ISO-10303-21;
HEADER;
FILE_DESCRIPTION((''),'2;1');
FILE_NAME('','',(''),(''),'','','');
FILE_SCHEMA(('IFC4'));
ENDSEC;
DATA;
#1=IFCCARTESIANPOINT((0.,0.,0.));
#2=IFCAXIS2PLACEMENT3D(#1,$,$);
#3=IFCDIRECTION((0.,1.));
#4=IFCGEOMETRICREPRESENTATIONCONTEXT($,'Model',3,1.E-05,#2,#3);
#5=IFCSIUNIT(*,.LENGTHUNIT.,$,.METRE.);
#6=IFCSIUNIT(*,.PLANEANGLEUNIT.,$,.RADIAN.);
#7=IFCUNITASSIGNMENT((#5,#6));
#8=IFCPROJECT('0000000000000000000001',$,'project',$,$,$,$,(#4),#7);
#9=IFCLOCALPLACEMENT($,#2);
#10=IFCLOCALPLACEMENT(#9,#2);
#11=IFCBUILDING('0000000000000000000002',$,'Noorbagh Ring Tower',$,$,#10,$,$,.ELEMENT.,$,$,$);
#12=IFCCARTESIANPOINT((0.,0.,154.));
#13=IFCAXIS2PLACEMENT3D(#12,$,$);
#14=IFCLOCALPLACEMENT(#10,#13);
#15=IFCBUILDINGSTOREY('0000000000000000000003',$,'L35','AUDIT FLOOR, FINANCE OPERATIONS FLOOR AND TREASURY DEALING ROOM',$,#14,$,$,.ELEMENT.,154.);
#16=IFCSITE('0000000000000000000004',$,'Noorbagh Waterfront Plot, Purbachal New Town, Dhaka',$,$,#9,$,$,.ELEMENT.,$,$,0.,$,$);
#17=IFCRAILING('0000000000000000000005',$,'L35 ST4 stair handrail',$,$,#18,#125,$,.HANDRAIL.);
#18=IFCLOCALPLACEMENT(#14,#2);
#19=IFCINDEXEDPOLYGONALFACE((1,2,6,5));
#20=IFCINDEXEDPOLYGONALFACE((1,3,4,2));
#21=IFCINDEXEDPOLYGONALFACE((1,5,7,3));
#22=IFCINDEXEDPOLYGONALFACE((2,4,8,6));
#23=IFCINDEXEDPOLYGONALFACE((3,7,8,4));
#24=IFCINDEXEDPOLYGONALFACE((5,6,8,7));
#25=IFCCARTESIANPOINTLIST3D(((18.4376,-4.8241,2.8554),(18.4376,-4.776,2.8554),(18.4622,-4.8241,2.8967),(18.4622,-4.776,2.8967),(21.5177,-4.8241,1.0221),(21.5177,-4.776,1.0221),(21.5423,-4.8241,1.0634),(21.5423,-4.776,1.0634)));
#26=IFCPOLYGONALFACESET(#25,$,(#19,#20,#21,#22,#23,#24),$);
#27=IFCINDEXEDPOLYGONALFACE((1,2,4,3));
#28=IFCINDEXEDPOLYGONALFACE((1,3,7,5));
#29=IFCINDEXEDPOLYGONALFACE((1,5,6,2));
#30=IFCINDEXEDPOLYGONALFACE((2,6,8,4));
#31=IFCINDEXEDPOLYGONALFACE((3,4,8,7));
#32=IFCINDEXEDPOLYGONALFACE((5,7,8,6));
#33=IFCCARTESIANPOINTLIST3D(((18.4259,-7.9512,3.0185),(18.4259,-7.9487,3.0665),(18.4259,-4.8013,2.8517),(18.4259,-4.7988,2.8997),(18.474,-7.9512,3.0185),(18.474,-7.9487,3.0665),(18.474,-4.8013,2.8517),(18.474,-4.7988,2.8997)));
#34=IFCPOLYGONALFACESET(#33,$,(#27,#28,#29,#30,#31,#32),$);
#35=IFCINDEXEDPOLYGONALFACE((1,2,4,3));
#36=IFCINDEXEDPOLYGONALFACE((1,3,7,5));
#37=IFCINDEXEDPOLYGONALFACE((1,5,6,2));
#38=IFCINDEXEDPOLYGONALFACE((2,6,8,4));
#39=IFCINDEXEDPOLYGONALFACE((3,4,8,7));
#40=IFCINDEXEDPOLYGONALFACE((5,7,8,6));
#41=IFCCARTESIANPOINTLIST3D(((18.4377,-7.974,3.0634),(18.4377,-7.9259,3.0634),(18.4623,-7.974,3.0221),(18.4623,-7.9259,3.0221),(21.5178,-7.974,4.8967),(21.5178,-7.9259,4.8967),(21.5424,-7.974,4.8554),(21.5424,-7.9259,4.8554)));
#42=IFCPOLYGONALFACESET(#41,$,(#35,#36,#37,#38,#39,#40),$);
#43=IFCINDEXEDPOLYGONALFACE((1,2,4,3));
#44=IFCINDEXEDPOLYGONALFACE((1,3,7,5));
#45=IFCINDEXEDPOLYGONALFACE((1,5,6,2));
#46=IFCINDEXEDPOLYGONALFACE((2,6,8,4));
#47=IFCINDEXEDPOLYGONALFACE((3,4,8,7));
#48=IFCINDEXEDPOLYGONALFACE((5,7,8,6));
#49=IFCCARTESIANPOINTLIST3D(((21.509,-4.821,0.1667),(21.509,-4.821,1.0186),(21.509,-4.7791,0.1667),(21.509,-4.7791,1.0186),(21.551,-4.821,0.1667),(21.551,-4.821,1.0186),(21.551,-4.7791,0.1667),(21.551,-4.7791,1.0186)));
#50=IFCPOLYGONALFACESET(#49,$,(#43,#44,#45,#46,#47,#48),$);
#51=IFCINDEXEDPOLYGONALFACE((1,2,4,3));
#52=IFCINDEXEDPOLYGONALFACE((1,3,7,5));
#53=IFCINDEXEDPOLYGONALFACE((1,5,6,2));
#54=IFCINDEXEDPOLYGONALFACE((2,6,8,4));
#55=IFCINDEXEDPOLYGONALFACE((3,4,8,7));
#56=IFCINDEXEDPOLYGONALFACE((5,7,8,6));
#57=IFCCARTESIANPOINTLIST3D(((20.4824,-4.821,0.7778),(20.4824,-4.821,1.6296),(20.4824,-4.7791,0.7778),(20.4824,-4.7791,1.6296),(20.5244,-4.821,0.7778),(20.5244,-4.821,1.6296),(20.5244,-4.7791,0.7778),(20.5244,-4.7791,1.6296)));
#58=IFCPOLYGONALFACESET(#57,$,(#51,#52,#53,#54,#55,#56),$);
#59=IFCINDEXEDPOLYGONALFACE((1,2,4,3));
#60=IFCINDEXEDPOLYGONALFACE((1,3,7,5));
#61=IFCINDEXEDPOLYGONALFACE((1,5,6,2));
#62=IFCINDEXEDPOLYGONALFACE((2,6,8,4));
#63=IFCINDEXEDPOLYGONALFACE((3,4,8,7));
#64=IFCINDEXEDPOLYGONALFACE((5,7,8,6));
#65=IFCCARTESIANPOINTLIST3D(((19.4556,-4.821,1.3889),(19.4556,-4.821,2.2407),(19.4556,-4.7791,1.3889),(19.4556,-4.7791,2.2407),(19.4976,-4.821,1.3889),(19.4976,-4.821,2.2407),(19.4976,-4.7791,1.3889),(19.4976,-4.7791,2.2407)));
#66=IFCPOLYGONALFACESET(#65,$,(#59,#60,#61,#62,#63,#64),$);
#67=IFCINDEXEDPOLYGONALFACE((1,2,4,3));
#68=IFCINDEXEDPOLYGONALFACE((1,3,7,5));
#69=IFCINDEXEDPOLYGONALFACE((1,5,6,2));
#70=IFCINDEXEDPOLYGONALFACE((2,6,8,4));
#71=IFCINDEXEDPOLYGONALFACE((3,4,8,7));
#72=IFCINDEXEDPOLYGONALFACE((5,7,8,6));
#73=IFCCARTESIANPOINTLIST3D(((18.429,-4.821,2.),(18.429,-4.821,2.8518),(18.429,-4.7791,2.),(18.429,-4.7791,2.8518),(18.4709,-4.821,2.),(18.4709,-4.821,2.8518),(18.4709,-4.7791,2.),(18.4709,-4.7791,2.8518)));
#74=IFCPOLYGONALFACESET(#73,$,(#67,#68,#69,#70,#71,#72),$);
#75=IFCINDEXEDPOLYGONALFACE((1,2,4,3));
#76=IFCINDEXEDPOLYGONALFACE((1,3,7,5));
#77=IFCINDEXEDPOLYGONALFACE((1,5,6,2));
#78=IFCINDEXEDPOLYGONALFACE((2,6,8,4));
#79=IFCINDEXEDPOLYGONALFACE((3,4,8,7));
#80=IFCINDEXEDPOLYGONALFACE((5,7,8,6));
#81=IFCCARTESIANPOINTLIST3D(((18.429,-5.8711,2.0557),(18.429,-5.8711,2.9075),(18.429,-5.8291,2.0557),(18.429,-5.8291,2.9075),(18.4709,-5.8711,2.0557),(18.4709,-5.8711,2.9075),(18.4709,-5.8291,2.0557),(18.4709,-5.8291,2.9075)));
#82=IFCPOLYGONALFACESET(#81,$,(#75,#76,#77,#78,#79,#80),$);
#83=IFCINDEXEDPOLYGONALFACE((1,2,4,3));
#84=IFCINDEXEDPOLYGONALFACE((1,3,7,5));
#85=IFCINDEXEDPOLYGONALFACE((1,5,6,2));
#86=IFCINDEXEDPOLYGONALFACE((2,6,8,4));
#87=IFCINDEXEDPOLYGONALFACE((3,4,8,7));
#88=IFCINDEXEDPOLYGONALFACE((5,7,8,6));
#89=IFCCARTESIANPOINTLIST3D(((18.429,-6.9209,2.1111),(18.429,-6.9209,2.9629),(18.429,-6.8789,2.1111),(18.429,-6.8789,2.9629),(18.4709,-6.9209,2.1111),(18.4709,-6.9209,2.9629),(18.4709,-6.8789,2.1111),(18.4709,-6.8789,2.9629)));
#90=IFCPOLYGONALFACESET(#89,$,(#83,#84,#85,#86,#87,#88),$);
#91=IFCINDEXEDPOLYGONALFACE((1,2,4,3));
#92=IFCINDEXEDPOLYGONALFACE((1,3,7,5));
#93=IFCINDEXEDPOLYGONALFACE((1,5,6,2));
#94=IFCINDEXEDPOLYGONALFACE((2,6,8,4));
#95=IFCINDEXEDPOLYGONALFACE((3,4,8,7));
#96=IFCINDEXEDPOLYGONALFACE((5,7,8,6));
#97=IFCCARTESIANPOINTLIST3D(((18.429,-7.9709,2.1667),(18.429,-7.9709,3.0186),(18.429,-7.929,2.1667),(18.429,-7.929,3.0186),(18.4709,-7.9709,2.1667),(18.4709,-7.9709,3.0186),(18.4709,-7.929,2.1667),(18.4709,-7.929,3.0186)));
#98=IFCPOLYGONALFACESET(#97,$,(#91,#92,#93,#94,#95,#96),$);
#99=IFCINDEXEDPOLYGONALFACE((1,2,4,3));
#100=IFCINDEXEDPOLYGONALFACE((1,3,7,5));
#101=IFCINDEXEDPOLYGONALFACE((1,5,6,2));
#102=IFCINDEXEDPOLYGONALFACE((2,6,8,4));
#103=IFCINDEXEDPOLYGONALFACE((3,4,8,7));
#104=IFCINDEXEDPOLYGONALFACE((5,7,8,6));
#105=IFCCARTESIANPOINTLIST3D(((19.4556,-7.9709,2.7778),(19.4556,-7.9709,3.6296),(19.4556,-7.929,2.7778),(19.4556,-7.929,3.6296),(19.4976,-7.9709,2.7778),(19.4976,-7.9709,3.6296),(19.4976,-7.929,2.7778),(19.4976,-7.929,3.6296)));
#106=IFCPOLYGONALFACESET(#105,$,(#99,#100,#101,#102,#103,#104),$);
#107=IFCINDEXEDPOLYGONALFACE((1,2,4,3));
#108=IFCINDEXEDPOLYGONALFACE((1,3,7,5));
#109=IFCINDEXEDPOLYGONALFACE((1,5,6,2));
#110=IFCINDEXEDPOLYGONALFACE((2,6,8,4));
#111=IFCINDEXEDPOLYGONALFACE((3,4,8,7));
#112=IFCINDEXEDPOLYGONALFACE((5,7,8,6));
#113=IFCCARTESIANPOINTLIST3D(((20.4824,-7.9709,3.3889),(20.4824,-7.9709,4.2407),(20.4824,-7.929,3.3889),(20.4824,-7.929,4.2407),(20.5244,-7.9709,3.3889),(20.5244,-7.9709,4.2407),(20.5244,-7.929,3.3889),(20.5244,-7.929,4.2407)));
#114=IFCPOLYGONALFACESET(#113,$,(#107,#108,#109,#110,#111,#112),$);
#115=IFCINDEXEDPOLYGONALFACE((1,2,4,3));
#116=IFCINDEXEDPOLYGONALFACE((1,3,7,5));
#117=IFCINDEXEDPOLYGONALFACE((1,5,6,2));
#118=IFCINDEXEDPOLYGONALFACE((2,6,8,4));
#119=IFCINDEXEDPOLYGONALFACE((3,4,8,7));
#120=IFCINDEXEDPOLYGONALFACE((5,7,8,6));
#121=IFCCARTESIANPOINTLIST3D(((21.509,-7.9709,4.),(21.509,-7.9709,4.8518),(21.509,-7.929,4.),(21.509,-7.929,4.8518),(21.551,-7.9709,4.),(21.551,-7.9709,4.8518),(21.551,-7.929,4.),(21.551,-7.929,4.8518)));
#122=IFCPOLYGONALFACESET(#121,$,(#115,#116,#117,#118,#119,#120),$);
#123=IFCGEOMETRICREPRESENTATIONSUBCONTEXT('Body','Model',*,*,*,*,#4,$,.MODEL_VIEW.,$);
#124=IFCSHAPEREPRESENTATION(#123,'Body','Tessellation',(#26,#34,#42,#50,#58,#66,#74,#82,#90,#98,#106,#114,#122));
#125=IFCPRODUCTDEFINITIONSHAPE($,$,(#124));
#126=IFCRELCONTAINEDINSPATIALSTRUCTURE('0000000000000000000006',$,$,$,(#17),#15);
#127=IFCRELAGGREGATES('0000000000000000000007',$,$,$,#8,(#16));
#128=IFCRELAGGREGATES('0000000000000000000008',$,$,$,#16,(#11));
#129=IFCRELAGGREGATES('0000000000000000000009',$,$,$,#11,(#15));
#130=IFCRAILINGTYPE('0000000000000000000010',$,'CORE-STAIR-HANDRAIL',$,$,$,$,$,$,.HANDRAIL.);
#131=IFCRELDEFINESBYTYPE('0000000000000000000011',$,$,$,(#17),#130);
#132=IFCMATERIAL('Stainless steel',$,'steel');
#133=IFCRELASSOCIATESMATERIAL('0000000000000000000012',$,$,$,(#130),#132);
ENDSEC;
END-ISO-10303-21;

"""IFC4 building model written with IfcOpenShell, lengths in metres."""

from ifc_helpers import new_model, si_unit, direction, frame, origin, origin_2d, place, context, subcontext, project, spatial, rectangle, extrude, material, type_object, element, save


model = new_model("IFC4")

# Units and contexts
model_context = context("Model", 3, precision=1e-05, world=origin(), true_north=direction((0.0, 1.0)))
body_context = subcontext(model_context, "Body", "Model", "MODEL_VIEW")
ifc_project = project(units=[si_unit("LENGTHUNIT", "METRE"), si_unit("PLANEANGLEUNIT", "RADIAN")], contexts=[model_context])

# Site, building, storey
site_placement = place(None, origin())
site = spatial("IfcSite", under=ifc_project, at=site_placement, Name="Noorbagh Waterfront Plot, Purbachal New Town, Dhaka", CompositionType="ELEMENT", RefElevation=0.0)
building_placement = place(site_placement, origin())
building = spatial("IfcBuilding", under=site, at=building_placement, Name="Noorbagh Ring Tower", CompositionType="ELEMENT")
storey_placement = place(building_placement, frame((0.0, 0.0, 154.0)))
storey = spatial("IfcBuildingStorey", under=building, at=storey_placement, Name="L35", Description="AUDIT FLOOR, FINANCE OPERATIONS FLOOR AND TREASURY DEALING ROOM", CompositionType="ELEMENT", Elevation=154.0)

# Railing
ifc_material_1 = material(Name="Stainless steel", Category="steel")
railing_type_1 = type_object("IfcRailingType", Name="CORE-STAIR-HANDRAIL", PredefinedType="HANDRAIL", material=ifc_material_1)
railing_1_placement = place(storey_placement, frame((21.53, -4.8, 0.1667)))
element("IfcRailing", 1, at=railing_1_placement, inside=storey, type_object=railing_type_1, Name="L35 ST4 stair handrail", PredefinedType="HANDRAIL", context=body_context, shape_type="SweptSolid", body=[
    extrude(rectangle(XDim=0.0481, YDim=0.0481, at=origin_2d()), frame((0.0, 0.0, 0.876), z_axis=(-0.859309, 0.0, 0.511458), x_axis=(0.0, -1.0, 0.0)), (0.0, 0.0, 1.0), 3.5845),
    extrude(rectangle(XDim=0.0481, YDim=0.0481, at=origin_2d()), frame((-3.0801, 0.0, 2.709), z_axis=(0.0, -0.998602, 0.052864), x_axis=(1.0, 0.0, 0.0)), (0.0, 0.0, 1.0), 3.1543),
    extrude(rectangle(XDim=0.0481, YDim=0.0481, at=origin_2d()), frame((-3.0801, -3.1499, 2.876), z_axis=(0.859309, 0.0, 0.511458), x_axis=(0.0, 1.0, 0.0)), (0.0, 0.0, 1.0), 3.5845),
    extrude(rectangle(XDim=0.042, YDim=0.042, at=origin_2d()), origin(), (0.0, 0.0, 1.0), 0.8518),
    extrude(rectangle(XDim=0.042, YDim=0.042, at=origin_2d()), frame((-1.0266, 0.0, 0.6111)), (0.0, 0.0, 1.0), 0.8518),
    extrude(rectangle(XDim=0.042, YDim=0.042, at=origin_2d()), frame((-2.0535, 0.0, 1.2222)), (0.0, 0.0, 1.0), 0.8518),
    extrude(rectangle(XDim=0.042, YDim=0.042, at=origin_2d()), frame((-3.0801, 0.0, 1.8333)), (0.0, 0.0, 1.0), 0.8518),
    extrude(rectangle(XDim=0.042, YDim=0.042, at=origin_2d()), frame((-3.0801, -1.05, 1.8889)), (0.0, 0.0, 1.0), 0.8518),
    extrude(rectangle(XDim=0.042, YDim=0.042, at=origin_2d()), frame((-3.0801, -2.0999, 1.9443)), (0.0, 0.0, 1.0), 0.8518),
    extrude(rectangle(XDim=0.042, YDim=0.042, at=origin_2d()), frame((-3.0801, -3.1499, 2.0)), (0.0, 0.0, 1.0), 0.8518),
    extrude(rectangle(XDim=0.042, YDim=0.042, at=origin_2d()), frame((-2.0535, -3.1499, 2.6111)), (0.0, 0.0, 1.0), 0.8518),
    extrude(rectangle(XDim=0.042, YDim=0.042, at=origin_2d()), frame((-1.0266, -3.1499, 3.2222)), (0.0, 0.0, 1.0), 0.8518),
    extrude(rectangle(XDim=0.042, YDim=0.042, at=origin_2d()), frame((0.0, -3.1499, 3.8333)), (0.0, 0.0, 1.0), 0.8518),
])

save(model, "model.ifc")
